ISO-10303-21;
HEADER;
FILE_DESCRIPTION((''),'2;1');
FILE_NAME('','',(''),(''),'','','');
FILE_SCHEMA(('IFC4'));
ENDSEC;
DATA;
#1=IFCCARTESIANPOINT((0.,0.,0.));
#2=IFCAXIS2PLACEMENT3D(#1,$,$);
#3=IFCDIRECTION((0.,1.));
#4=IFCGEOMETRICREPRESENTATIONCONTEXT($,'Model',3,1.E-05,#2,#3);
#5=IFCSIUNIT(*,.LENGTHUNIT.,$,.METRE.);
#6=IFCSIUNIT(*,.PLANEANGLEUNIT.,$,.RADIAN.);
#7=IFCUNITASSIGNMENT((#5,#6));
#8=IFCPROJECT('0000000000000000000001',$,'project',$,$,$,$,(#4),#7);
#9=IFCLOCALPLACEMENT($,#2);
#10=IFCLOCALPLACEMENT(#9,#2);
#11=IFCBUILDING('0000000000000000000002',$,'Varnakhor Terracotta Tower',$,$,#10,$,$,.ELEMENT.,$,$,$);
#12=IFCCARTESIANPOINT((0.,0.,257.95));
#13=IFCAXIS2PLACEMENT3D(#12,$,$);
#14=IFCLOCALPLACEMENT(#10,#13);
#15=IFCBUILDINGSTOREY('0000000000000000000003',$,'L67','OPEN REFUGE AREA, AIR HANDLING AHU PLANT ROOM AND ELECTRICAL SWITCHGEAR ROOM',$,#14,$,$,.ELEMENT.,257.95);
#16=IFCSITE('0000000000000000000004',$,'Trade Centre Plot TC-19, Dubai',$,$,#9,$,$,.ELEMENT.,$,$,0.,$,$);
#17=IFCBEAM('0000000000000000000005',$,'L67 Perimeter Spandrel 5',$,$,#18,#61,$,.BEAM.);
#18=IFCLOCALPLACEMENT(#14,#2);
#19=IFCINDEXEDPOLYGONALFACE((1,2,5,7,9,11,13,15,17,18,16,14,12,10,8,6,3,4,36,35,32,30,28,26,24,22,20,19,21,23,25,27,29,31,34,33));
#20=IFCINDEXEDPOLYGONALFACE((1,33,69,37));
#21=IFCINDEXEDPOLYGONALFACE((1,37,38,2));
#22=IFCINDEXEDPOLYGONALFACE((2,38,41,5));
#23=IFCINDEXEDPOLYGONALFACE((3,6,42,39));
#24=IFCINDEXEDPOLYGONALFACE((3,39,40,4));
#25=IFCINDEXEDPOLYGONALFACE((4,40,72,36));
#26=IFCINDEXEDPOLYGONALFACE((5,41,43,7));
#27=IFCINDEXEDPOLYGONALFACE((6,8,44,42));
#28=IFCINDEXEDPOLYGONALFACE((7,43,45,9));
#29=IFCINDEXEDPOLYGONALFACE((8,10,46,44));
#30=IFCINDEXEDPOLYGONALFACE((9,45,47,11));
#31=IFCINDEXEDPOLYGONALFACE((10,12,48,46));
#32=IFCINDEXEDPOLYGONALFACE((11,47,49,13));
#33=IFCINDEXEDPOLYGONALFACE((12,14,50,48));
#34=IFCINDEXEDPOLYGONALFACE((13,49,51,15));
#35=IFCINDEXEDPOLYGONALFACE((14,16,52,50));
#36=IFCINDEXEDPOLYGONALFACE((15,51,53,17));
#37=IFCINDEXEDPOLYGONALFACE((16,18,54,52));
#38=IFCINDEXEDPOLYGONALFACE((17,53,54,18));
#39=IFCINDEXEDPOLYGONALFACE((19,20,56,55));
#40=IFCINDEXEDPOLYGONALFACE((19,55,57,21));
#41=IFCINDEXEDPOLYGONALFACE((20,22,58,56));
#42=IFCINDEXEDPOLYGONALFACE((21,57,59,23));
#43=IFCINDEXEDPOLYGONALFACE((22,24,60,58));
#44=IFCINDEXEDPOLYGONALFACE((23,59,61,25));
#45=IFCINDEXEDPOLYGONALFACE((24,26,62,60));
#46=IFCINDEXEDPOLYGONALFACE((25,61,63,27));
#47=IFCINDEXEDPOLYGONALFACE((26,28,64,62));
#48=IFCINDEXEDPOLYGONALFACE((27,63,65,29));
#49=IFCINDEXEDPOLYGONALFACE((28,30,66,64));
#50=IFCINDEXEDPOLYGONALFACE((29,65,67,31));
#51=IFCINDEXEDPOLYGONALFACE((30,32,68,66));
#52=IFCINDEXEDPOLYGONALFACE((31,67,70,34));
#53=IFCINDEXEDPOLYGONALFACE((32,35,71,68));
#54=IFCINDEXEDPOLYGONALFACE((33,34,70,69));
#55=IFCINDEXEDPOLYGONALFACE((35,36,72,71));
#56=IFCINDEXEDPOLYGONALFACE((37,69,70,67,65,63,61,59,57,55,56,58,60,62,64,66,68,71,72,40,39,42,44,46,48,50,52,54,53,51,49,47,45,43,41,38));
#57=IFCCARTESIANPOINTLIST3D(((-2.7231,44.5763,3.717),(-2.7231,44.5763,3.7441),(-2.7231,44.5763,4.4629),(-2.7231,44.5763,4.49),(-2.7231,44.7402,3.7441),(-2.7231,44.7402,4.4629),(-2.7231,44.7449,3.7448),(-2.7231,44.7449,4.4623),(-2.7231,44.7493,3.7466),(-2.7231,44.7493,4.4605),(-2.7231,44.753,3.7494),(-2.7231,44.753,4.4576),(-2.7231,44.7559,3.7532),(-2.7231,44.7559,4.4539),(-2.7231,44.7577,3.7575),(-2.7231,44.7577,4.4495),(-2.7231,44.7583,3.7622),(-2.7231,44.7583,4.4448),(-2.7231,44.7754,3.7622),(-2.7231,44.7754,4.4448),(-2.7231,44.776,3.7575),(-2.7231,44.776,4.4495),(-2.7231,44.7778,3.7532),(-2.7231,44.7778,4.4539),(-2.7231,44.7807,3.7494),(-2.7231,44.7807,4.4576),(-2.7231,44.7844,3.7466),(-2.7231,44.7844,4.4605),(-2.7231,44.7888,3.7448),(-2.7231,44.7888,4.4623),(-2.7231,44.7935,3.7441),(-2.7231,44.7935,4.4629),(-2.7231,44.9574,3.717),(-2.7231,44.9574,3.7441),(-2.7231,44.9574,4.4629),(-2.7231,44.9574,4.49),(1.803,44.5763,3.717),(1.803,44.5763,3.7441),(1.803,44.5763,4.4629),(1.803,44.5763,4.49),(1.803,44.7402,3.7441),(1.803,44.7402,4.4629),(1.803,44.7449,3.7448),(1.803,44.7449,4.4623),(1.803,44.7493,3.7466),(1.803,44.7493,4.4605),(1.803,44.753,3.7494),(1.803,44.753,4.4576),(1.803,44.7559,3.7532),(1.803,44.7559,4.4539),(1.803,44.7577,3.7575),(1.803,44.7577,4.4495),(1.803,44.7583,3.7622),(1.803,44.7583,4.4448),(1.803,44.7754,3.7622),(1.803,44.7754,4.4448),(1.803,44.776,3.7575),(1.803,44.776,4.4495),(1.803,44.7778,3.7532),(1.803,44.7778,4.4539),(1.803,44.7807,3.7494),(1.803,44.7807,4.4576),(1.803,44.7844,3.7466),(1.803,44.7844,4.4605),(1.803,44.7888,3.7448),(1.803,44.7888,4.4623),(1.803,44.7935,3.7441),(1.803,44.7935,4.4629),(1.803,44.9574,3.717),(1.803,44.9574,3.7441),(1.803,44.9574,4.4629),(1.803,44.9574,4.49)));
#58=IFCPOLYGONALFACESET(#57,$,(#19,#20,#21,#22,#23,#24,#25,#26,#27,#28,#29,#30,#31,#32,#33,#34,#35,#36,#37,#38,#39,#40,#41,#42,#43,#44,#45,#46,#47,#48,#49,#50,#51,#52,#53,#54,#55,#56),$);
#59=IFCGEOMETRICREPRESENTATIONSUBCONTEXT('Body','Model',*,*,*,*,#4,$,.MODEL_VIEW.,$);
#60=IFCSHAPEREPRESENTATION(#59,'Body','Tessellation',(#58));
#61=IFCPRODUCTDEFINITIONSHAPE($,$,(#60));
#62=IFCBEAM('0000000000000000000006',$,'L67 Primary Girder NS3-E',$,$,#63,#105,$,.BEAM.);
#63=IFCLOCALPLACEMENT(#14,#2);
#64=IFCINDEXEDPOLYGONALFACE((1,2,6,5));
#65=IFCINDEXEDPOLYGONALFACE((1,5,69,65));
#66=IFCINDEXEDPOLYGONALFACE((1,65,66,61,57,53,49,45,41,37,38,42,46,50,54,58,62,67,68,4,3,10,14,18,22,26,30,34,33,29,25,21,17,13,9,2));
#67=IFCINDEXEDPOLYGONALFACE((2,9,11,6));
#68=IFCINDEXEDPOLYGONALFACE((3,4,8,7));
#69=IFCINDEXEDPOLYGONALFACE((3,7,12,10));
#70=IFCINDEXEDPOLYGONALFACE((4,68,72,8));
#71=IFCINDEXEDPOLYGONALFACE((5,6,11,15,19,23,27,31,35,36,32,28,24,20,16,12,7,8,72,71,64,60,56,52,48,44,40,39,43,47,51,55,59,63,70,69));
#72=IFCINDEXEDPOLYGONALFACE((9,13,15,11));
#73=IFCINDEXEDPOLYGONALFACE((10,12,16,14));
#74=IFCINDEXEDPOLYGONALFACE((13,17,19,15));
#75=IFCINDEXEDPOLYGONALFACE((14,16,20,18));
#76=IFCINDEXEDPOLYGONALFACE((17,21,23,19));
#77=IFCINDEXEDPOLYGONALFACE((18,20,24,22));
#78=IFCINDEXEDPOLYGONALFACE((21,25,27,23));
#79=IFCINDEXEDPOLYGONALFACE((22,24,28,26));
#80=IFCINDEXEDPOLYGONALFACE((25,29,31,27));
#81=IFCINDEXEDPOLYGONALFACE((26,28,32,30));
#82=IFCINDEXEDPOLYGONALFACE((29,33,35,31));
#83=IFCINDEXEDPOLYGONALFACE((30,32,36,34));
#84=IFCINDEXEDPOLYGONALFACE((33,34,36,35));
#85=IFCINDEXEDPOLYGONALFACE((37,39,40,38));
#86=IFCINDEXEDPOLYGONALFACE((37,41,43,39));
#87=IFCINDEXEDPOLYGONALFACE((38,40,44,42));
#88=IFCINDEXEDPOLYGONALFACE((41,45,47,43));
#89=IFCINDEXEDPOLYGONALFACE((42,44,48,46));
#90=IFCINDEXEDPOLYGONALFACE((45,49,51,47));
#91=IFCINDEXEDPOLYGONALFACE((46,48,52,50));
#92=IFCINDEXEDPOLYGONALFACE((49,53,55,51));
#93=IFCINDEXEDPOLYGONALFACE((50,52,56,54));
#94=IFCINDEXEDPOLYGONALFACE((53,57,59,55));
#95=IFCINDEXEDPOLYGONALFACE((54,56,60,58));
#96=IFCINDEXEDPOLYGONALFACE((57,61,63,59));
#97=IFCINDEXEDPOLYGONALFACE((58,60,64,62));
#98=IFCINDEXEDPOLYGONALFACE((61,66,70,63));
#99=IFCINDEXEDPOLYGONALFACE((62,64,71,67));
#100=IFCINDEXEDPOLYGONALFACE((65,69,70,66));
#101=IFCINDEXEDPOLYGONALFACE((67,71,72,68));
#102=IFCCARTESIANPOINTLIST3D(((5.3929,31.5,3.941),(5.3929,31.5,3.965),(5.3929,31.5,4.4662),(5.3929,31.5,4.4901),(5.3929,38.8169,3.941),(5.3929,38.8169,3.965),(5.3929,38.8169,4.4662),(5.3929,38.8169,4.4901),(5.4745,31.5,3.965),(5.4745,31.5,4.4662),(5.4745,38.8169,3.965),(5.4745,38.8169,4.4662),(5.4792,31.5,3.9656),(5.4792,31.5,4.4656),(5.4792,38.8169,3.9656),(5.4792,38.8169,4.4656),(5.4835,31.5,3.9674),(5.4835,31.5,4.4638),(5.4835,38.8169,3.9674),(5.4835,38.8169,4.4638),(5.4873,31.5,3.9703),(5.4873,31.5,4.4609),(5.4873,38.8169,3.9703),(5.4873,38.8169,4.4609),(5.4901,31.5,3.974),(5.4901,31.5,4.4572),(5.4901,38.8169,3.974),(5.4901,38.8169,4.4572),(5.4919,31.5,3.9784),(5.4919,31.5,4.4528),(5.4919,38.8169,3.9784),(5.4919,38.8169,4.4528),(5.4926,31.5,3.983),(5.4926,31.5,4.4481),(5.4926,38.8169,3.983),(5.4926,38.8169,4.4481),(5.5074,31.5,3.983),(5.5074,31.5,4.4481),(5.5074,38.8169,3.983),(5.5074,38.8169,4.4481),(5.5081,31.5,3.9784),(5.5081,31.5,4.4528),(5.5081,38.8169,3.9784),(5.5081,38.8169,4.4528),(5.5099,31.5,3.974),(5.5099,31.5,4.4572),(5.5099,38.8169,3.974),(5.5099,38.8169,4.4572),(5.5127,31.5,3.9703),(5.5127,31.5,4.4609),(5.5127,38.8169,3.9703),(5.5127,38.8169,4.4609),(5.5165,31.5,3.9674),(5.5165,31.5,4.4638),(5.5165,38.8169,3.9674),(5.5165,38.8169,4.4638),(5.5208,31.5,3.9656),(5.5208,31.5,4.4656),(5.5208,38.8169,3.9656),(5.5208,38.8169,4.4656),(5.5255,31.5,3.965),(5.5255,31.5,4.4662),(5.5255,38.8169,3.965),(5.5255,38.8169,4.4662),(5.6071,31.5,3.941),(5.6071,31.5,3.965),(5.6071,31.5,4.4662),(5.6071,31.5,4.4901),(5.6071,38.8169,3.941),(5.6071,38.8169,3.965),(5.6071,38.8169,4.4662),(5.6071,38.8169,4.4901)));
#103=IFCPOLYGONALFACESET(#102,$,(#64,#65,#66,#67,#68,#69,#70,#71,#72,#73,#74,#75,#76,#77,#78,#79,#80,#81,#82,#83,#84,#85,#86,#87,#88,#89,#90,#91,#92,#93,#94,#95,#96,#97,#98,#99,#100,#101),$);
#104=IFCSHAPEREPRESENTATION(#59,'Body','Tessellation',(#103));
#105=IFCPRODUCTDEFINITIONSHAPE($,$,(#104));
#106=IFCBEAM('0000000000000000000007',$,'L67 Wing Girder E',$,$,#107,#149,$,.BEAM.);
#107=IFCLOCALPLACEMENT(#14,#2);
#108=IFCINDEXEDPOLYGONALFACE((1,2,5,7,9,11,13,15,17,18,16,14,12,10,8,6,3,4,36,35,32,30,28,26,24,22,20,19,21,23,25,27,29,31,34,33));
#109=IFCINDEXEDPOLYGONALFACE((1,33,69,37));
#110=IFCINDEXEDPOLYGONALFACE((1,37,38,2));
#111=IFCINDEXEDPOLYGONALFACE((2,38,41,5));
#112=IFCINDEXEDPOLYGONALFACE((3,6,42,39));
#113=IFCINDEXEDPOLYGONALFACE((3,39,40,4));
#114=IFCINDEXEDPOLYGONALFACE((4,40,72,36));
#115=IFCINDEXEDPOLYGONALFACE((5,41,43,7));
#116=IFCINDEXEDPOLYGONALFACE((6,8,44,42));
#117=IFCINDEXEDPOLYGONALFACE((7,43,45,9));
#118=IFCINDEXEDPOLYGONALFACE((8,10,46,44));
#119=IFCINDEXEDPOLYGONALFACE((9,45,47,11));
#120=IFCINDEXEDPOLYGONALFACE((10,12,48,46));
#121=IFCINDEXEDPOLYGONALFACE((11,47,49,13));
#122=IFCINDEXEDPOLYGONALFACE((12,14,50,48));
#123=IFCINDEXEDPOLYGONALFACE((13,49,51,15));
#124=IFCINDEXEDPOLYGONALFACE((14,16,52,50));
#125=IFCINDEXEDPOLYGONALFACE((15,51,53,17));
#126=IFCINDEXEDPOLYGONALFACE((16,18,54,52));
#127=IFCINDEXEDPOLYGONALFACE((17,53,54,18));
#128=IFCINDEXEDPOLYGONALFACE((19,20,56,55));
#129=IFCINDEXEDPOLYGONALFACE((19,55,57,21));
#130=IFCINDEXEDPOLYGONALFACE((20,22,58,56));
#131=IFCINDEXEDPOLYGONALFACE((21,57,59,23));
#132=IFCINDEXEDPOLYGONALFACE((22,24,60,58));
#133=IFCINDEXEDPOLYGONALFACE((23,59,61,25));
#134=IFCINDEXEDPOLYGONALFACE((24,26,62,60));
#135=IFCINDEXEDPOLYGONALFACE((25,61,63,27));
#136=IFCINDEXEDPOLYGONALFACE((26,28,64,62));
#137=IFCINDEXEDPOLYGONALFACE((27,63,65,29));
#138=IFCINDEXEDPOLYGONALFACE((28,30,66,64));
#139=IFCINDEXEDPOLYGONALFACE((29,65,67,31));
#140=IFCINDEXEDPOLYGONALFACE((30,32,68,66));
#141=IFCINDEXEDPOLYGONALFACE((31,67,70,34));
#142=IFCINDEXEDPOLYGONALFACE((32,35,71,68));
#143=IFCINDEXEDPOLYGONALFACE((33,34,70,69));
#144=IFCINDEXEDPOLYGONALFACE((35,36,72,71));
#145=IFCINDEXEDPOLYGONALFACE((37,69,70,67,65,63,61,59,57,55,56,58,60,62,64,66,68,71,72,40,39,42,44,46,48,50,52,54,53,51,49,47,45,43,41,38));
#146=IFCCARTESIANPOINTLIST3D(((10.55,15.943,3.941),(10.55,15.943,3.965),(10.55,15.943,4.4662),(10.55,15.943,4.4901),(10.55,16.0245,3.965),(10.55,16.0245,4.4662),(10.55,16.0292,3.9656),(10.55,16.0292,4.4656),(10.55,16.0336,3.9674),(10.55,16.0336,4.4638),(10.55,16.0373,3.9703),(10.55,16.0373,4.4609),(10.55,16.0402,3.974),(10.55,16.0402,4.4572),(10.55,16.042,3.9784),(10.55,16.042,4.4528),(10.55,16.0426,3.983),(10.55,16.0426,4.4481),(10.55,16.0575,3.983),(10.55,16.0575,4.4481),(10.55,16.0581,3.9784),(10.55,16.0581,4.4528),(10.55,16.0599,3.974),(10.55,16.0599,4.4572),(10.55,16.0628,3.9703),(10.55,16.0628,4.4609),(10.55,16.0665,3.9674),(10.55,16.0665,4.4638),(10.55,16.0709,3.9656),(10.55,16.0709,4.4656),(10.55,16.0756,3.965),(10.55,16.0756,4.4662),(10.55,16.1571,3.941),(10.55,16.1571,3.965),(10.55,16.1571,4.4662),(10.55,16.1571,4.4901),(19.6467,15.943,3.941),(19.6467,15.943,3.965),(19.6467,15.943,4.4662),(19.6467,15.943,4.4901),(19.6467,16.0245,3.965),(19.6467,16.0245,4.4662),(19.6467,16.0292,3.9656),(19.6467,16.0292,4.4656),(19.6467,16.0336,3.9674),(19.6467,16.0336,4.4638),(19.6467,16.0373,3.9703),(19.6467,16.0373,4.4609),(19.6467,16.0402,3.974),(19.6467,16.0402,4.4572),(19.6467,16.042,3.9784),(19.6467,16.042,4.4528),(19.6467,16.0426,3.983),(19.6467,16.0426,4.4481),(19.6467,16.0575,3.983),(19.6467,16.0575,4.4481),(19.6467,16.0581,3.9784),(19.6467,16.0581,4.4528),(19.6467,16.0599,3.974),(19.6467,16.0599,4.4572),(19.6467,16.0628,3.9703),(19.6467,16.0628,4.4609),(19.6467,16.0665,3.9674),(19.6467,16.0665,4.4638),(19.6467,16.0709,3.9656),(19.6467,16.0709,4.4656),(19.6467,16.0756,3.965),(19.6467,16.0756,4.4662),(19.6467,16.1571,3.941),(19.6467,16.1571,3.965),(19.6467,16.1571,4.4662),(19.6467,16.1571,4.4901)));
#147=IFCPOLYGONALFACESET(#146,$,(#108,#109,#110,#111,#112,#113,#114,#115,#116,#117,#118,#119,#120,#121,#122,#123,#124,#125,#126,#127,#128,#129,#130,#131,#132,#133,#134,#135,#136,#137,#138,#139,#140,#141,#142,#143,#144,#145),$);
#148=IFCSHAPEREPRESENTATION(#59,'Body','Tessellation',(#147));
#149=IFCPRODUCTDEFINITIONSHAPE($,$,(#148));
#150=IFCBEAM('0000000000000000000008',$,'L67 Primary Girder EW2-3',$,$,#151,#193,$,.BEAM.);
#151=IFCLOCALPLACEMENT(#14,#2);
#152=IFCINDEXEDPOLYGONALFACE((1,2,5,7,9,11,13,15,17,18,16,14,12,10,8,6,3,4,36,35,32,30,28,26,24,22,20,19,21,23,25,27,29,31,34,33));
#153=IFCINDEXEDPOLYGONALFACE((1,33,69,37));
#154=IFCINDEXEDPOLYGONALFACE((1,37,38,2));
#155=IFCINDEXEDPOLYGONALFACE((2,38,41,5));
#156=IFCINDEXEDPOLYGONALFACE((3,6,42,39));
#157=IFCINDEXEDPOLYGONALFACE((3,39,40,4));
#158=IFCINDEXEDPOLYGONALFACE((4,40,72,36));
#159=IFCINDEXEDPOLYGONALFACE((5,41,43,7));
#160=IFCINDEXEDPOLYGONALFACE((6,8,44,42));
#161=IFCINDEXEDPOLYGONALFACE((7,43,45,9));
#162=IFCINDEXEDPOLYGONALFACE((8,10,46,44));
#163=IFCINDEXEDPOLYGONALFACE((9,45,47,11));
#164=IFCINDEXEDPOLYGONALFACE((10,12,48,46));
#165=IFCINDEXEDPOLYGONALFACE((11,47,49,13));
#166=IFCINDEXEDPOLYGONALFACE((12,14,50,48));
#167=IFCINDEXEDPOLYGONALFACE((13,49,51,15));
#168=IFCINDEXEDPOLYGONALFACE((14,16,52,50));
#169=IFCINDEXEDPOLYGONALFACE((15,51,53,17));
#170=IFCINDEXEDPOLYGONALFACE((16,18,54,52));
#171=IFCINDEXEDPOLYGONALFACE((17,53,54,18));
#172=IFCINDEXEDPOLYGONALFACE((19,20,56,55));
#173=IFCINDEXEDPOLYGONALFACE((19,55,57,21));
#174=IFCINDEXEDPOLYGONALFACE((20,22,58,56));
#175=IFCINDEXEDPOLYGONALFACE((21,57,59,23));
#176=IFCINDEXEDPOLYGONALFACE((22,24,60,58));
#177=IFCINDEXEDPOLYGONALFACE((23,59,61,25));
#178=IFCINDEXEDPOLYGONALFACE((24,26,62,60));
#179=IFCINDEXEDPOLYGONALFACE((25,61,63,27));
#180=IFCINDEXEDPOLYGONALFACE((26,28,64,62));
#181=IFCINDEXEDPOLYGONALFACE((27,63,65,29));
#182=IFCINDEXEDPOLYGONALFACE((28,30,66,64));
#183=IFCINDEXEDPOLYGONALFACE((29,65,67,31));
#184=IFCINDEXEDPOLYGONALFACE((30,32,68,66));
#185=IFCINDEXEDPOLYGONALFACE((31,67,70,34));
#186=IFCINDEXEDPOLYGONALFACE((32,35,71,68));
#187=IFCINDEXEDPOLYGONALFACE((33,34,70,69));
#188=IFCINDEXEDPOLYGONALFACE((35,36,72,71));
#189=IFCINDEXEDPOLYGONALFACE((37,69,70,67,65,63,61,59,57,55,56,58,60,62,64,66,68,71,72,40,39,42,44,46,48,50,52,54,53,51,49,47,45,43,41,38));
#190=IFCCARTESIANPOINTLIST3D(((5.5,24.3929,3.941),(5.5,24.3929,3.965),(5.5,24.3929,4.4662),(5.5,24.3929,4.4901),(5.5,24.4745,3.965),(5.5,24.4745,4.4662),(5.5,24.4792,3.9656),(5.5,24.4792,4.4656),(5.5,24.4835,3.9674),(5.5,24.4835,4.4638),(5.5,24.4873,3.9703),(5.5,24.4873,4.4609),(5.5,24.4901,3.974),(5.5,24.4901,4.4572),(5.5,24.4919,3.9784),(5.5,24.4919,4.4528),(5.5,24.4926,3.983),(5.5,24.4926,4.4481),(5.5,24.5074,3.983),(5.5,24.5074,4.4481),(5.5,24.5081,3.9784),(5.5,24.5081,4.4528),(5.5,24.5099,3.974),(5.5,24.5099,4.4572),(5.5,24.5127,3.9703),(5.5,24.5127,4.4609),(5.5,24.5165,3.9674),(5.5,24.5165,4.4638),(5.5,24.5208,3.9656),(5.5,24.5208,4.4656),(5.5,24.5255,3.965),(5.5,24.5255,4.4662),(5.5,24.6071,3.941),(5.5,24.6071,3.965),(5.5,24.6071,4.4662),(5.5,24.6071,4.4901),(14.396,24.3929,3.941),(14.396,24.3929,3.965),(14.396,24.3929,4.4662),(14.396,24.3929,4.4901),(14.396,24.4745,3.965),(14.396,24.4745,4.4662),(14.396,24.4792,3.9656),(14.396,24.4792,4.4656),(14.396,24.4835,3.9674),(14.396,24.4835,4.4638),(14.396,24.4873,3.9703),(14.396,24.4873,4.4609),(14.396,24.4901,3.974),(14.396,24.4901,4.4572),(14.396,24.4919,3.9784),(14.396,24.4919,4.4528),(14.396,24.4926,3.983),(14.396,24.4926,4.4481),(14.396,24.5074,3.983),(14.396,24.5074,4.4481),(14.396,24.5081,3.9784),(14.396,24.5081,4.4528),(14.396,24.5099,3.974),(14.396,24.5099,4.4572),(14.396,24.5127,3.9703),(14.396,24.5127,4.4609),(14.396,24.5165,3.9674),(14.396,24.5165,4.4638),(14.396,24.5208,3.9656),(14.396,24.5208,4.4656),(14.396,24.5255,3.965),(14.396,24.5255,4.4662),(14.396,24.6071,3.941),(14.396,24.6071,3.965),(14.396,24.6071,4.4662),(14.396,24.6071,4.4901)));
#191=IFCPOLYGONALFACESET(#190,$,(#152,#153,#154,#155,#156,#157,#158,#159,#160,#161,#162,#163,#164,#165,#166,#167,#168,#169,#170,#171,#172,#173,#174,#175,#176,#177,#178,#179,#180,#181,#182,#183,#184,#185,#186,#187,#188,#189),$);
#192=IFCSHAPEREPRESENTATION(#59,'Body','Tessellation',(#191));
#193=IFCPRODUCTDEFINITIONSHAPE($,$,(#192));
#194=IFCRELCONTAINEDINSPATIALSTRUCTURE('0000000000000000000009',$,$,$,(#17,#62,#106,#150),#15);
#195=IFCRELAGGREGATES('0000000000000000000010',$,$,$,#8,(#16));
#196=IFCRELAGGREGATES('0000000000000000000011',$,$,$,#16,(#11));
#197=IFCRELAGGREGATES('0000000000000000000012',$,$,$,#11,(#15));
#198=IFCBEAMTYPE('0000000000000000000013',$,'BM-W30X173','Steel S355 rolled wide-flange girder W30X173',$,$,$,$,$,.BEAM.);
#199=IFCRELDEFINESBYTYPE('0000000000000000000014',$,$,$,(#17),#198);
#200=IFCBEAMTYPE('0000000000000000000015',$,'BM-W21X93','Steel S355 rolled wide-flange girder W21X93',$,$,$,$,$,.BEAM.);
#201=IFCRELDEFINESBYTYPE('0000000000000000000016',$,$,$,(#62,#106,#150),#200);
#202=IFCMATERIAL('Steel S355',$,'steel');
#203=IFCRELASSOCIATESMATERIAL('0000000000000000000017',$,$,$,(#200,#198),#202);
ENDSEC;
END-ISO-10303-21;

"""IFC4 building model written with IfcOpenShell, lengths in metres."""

from ifc_helpers import new_model, si_unit, direction, frame, origin, origin_2d, place, context, subcontext, project, spatial, i_section, extrude, source, transform, mapped, material, material_profile, profile_set, type_object, element, save


model = new_model("IFC4")

# Units and contexts
model_context = context("Model", 3, precision=1e-05, world=origin(), true_north=direction((0.0, 1.0)))
body_context = subcontext(model_context, "Body", "Model", "MODEL_VIEW")
ifc_project = project(units=[si_unit("LENGTHUNIT", "METRE"), si_unit("PLANEANGLEUNIT", "RADIAN")], contexts=[model_context])

# Site, building, storey
site_placement = place(None, origin())
site = spatial("IfcSite", under=ifc_project, at=site_placement, Name="Trade Centre Plot TC-19, Dubai", CompositionType="ELEMENT", RefElevation=0.0)
building_placement = place(site_placement, origin())
building = spatial("IfcBuilding", under=site, at=building_placement, Name="Varnakhor Terracotta Tower", CompositionType="ELEMENT")
storey_placement = place(building_placement, frame((0.0, 0.0, 257.95)))
storey = spatial("IfcBuildingStorey", under=building, at=storey_placement, Name="L67", Description="OPEN REFUGE AREA, AIR HANDLING AHU PLANT ROOM AND ELECTRICAL SWITCHGEAR ROOM", CompositionType="ELEMENT", Elevation=257.95)

# Beams
ifc_material_1 = material(Name="Steel S355", Category="steel")
ifc_material_profile_1 = material_profile(ifc_material_1, i_section(OverallWidth=0.2141, OverallDepth=0.5491, WebThickness=0.0149, FlangeThickness=0.0239, FilletRadius=0.0181, at=origin_2d()), Name="W21X93")
ifc_profile_set_1 = profile_set([ifc_material_profile_1], Name="Steel S355")
beam_type_1 = type_object("IfcBeamType", Name="BM-W21X93", Description="Steel S355 rolled wide-flange girder W21X93", PredefinedType="BEAM", material=ifc_profile_set_1)
ifc_material_profile_2 = material_profile(ifc_material_1, i_section(OverallWidth=0.3811, OverallDepth=0.7729, WebThickness=0.0171, FlangeThickness=0.0271, FilletRadius=0.0181, at=origin_2d()), Name="W30X173")
ifc_profile_set_2 = profile_set([ifc_material_profile_2], Name="Steel S355")
beam_type_2 = type_object("IfcBeamType", Name="BM-W30X173", Description="Steel S355 rolled wide-flange girder W30X173", PredefinedType="BEAM", material=ifc_profile_set_2)
shared_shape_1 = source(origin(), body_context, "Body", "SweptSolid", [
    extrude(i_section(OverallWidth=0.3811, OverallDepth=0.7729, WebThickness=0.0171, FlangeThickness=0.0271, FilletRadius=0.0181, at=origin_2d()), origin(), (0.0, 0.0, 1.0), 4.5261),
])
beam_1_placement = place(storey_placement, frame((1.803, 44.7668, 4.1035), z_axis=(-1.0, 0.0, 0.0), x_axis=(0.0, -1.0, 0.0)))
element("IfcBeam", 1, at=beam_1_placement, inside=storey, type_object=beam_type_2, Name="L67 Perimeter Spandrel 5", PredefinedType="BEAM", context=body_context, shape_type="MappedRepresentation", body=[
    mapped(shared_shape_1, transform((0.0, 0.0, 0.0), scale=1.0)),
])
shared_shape_2 = source(origin(), body_context, "Body", "SweptSolid", [
    extrude(i_section(OverallWidth=0.2141, OverallDepth=0.5491, WebThickness=0.0149, FlangeThickness=0.0239, FilletRadius=0.0181, at=origin_2d()), origin(), (0.0, 0.0, 1.0), 7.3169),
])
beam_2_placement = place(storey_placement, frame((5.5, 31.5, 4.2156), z_axis=(0.0, 1.0, 0.0), x_axis=(-1.0, 0.0, 0.0)))
element("IfcBeam", 2, at=beam_2_placement, inside=storey, type_object=beam_type_1, Name="L67 Primary Girder NS3-E", PredefinedType="BEAM", context=body_context, shape_type="MappedRepresentation", body=[
    mapped(shared_shape_2, transform((0.0, 0.0, 0.0), scale=1.0)),
])
shared_shape_3 = source(origin(), body_context, "Body", "SweptSolid", [
    extrude(i_section(OverallWidth=0.2141, OverallDepth=0.5491, WebThickness=0.0149, FlangeThickness=0.0239, FilletRadius=0.0181, at=origin_2d()), origin(), (0.0, 0.0, 1.0), 9.0967),
])
beam_3_placement = place(storey_placement, frame((10.55, 16.05, 4.2156), z_axis=(1.0, 0.0, 0.0), x_axis=(0.0, 1.0, 0.0)))
element("IfcBeam", 3, at=beam_3_placement, inside=storey, type_object=beam_type_1, Name="L67 Wing Girder E", PredefinedType="BEAM", context=body_context, shape_type="MappedRepresentation", body=[
    mapped(shared_shape_3, transform((0.0, 0.0, 0.0), scale=1.0)),
])
shared_shape_4 = source(origin(), body_context, "Body", "SweptSolid", [
    extrude(i_section(OverallWidth=0.2141, OverallDepth=0.5491, WebThickness=0.0149, FlangeThickness=0.0239, FilletRadius=0.0181, at=origin_2d()), origin(), (0.0, 0.0, 1.0), 8.896),
])
beam_4_placement = place(storey_placement, frame((5.5, 24.5, 4.2156), z_axis=(1.0, 0.0, 0.0), x_axis=(0.0, 1.0, 0.0)))
element("IfcBeam", 4, at=beam_4_placement, inside=storey, type_object=beam_type_1, Name="L67 Primary Girder EW2-3", PredefinedType="BEAM", context=body_context, shape_type="MappedRepresentation", body=[
    mapped(shared_shape_4, transform((0.0, 0.0, 0.0), scale=1.0)),
])

save(model, "model.ifc")
